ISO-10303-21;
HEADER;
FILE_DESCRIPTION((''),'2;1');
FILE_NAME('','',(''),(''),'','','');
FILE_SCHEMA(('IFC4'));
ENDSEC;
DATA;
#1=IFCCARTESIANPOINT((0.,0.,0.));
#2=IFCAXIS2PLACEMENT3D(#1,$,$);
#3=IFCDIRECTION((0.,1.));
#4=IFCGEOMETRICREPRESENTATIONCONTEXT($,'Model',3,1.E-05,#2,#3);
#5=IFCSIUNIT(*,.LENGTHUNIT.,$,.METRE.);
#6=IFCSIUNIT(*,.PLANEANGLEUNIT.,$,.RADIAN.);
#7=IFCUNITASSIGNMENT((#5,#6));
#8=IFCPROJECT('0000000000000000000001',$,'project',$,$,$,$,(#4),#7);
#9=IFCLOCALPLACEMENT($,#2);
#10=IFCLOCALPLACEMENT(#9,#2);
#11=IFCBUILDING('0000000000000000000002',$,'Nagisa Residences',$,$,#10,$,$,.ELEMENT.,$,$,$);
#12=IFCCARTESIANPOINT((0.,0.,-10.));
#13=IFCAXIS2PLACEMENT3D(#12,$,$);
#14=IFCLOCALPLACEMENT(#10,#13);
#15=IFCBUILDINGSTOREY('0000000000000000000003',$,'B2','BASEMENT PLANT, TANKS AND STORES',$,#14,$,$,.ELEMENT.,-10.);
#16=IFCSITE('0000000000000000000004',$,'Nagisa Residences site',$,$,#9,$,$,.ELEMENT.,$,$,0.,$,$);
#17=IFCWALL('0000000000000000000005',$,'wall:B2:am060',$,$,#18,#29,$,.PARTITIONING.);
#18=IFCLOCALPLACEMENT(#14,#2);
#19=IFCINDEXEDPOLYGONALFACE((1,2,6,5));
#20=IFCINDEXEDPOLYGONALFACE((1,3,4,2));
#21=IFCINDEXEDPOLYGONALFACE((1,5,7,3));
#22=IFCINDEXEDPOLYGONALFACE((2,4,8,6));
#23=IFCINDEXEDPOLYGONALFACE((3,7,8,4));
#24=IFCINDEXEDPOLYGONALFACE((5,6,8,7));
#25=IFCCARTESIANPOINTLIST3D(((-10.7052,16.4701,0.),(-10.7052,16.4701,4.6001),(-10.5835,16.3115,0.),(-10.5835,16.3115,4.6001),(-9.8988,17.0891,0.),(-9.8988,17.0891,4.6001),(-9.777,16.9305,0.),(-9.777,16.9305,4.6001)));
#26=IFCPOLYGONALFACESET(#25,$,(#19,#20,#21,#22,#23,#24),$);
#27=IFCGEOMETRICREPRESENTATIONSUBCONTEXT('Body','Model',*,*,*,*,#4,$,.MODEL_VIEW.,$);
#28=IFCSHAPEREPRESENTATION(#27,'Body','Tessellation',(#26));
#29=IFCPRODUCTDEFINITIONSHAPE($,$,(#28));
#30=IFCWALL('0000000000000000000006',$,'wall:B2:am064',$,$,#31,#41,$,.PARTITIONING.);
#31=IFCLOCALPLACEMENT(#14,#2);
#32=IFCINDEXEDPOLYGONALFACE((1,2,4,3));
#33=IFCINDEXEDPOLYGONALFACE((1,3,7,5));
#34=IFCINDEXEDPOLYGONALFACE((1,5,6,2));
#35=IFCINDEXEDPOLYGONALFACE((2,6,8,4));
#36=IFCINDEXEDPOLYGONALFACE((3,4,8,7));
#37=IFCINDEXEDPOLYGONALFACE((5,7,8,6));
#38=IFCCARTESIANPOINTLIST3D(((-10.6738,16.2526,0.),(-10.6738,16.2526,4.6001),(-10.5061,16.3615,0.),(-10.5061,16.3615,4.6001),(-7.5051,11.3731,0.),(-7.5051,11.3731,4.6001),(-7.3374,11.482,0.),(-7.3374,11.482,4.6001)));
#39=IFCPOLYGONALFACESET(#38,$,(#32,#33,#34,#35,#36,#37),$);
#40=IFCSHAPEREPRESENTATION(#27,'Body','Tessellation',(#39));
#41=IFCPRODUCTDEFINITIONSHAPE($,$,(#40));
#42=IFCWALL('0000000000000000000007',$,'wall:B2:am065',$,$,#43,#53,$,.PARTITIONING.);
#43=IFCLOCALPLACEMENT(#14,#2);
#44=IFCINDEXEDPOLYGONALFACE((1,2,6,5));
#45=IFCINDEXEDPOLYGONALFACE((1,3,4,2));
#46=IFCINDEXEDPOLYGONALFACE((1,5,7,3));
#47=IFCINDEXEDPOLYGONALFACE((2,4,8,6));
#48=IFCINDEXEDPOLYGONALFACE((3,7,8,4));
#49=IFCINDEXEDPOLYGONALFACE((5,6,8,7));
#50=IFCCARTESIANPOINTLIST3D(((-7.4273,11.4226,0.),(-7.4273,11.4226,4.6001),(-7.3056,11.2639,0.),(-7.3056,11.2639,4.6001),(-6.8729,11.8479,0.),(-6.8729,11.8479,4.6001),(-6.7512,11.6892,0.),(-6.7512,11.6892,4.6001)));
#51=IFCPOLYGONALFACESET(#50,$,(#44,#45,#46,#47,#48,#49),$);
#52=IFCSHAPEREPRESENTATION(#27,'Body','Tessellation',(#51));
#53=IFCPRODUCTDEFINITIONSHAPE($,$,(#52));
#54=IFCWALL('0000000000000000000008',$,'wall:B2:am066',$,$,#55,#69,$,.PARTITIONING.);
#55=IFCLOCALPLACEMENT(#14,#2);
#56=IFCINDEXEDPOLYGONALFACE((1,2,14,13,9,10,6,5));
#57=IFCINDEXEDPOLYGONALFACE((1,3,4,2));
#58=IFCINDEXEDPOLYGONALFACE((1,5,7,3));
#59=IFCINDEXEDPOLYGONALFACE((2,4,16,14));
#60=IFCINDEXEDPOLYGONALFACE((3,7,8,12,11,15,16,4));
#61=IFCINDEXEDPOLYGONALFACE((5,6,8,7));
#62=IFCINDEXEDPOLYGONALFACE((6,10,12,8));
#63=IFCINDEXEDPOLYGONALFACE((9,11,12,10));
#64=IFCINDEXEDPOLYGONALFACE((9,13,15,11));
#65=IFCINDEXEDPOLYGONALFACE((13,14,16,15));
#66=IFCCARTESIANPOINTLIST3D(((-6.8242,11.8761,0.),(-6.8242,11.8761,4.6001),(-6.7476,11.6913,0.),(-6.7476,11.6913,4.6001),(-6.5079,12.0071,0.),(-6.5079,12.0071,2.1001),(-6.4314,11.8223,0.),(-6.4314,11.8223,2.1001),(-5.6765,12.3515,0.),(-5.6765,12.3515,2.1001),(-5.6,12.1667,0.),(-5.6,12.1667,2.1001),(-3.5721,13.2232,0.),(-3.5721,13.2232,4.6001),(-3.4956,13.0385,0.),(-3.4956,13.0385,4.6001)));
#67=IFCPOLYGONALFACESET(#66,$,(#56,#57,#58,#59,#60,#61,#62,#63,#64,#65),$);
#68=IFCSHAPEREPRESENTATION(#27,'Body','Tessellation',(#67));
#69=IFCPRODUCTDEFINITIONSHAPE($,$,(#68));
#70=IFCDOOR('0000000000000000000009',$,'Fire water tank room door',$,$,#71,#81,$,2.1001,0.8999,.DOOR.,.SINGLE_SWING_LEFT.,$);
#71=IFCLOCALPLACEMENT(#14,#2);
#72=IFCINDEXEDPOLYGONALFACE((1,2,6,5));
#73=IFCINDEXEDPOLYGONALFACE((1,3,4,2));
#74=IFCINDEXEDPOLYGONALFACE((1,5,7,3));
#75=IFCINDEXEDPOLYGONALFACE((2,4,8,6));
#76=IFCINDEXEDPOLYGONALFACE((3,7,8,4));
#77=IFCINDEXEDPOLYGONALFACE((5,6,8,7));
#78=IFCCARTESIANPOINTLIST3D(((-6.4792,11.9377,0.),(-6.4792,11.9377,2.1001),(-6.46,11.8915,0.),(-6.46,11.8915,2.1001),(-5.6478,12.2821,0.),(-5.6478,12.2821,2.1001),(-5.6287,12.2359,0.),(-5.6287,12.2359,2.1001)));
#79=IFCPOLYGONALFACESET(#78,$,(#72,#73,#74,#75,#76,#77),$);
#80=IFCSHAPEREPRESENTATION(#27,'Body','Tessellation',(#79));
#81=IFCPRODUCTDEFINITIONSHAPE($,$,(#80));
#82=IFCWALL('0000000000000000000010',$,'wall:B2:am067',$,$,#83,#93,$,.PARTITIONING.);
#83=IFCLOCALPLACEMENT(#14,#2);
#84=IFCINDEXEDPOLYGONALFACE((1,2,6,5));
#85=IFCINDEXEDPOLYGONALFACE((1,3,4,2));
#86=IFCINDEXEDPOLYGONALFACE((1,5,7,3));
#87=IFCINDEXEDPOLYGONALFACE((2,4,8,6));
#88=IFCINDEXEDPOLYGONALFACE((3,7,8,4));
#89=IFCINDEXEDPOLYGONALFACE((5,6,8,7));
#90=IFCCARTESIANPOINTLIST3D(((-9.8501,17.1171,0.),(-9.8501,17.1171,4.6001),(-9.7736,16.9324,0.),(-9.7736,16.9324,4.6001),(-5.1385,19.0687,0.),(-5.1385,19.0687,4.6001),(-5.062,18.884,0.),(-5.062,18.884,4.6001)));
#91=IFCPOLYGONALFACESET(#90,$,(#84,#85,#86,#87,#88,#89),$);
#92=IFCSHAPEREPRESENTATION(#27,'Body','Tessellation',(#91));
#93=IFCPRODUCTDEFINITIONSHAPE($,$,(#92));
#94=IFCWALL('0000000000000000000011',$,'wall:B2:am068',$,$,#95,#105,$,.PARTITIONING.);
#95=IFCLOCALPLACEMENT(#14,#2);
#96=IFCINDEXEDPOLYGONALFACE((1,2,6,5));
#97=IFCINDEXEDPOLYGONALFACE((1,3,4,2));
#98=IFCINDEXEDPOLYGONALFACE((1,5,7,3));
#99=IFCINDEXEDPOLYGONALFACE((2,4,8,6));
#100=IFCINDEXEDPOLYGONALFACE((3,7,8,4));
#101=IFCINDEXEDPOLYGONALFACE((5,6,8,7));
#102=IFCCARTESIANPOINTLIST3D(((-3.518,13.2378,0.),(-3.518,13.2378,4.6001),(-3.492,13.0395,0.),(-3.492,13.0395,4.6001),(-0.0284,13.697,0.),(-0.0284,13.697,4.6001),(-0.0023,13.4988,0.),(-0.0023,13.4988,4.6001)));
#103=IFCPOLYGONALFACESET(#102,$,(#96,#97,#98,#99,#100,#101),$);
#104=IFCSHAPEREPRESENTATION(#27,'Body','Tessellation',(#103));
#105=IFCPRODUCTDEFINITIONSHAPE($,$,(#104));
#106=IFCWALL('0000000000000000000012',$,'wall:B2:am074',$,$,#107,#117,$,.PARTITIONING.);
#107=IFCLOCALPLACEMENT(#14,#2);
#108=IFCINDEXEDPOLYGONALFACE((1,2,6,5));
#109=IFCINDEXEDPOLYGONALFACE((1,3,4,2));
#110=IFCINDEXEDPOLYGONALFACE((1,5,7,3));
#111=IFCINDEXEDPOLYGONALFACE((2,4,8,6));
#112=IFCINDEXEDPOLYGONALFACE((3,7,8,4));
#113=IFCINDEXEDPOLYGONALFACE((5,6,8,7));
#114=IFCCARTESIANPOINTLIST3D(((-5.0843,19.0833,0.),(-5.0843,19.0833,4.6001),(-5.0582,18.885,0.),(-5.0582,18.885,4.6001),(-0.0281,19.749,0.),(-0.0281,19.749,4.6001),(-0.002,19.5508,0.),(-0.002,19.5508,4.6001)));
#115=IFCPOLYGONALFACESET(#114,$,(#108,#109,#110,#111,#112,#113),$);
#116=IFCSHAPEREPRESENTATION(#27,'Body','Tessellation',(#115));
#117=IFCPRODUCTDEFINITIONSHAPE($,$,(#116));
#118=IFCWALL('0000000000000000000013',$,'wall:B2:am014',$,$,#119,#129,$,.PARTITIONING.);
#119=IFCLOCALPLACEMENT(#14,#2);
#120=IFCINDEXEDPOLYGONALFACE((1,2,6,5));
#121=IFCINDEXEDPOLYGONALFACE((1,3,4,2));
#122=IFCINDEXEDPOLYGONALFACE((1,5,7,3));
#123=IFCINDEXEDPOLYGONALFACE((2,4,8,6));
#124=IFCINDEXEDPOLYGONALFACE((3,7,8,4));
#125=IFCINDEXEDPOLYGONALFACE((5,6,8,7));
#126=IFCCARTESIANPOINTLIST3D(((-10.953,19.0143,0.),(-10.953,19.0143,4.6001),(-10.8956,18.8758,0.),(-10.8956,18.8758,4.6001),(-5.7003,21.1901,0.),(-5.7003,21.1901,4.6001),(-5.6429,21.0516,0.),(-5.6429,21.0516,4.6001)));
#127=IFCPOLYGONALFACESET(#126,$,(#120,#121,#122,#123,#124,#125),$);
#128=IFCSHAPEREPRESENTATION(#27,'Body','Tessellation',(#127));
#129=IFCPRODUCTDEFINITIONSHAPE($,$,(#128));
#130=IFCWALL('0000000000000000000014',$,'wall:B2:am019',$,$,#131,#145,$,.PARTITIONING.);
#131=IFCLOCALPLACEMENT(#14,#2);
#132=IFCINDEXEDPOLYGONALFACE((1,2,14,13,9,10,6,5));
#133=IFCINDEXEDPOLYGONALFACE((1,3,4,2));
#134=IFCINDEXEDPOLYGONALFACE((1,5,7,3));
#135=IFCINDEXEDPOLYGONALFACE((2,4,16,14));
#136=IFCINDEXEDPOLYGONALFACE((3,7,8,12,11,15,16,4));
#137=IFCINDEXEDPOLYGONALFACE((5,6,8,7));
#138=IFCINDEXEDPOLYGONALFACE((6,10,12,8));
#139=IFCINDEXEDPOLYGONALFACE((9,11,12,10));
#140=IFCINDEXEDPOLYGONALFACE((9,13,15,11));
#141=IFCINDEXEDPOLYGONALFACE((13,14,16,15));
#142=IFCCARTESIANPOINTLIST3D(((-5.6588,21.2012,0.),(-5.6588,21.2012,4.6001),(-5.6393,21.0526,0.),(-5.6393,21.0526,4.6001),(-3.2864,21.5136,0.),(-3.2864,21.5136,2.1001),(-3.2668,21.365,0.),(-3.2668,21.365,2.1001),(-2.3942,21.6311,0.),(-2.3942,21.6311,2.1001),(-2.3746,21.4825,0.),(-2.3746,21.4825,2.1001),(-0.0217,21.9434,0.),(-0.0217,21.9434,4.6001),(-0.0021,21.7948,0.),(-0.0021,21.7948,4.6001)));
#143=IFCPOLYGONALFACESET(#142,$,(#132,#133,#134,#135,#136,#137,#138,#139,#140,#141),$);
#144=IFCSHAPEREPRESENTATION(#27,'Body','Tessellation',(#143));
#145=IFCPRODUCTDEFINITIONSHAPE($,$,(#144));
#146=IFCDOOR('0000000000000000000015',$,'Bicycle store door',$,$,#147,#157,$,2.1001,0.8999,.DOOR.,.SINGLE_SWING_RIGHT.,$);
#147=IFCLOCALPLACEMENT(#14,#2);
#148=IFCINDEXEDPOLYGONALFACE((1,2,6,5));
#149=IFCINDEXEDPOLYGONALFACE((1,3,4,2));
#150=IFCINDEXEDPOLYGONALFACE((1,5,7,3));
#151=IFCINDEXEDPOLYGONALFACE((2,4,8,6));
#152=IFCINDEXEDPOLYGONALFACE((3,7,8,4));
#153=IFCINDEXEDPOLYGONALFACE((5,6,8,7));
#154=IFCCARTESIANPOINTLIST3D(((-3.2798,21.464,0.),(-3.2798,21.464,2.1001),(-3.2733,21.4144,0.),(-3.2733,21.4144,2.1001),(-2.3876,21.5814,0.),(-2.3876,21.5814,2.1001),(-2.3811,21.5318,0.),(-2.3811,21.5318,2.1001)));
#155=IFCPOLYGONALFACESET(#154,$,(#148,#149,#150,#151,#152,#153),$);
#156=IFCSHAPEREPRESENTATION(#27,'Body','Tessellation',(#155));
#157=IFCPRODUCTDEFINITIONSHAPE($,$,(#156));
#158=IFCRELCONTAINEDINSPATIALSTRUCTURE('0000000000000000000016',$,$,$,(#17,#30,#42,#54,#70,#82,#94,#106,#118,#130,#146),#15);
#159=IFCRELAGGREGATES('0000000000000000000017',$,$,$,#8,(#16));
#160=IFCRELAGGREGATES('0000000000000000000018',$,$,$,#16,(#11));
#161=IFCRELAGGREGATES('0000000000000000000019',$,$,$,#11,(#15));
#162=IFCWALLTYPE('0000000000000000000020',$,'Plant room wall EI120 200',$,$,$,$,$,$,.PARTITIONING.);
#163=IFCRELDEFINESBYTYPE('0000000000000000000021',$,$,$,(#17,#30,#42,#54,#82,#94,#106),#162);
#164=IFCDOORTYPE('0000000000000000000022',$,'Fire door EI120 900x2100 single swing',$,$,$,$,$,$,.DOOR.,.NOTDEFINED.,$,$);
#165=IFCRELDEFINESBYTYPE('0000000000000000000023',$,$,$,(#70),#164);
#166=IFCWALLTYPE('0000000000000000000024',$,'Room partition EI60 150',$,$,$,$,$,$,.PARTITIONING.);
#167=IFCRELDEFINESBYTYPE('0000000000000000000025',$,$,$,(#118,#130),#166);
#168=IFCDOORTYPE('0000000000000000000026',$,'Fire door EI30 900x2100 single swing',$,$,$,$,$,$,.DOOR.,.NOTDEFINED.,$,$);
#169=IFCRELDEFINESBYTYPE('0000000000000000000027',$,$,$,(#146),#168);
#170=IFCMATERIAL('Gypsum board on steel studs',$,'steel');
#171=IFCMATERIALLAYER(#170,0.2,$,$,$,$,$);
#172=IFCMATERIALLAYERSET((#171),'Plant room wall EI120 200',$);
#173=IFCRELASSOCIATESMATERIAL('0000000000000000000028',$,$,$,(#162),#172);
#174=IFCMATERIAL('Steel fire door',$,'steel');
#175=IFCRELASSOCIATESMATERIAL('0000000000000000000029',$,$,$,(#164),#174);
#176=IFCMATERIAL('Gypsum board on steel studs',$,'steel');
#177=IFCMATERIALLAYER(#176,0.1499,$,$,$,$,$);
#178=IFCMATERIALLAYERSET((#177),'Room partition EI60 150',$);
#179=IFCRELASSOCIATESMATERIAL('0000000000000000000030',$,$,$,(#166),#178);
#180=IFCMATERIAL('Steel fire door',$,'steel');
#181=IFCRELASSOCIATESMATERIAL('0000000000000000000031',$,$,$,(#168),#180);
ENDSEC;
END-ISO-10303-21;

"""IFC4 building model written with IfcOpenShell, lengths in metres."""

from ifc_helpers import new_model, si_unit, direction, frame, frame_2d, origin, place, context, subcontext, project, spatial, rectangle, extrude, material, layer, layer_set, type_object, element, fill, save


model = new_model("IFC4")

# Units and contexts
model_context = context("Model", 3, precision=1e-05, world=origin(), true_north=direction((0.0, 1.0)))
body_context = subcontext(model_context, "Body", "Model", "MODEL_VIEW")
ifc_project = project(units=[si_unit("LENGTHUNIT", "METRE"), si_unit("PLANEANGLEUNIT", "RADIAN")], contexts=[model_context])

# Site, building, storey
site_placement = place(None, origin())
site = spatial("IfcSite", under=ifc_project, at=site_placement, Name="Nagisa Residences site", CompositionType="ELEMENT", RefElevation=0.0)
building_placement = place(site_placement, origin())
building = spatial("IfcBuilding", under=site, at=building_placement, Name="Nagisa Residences", CompositionType="ELEMENT")
storey_placement = place(building_placement, frame((0.0, 0.0, -10.0)))
storey = spatial("IfcBuildingStorey", under=building, at=storey_placement, Name="B2", Description="BASEMENT PLANT, TANKS AND STORES", CompositionType="ELEMENT", Elevation=-10.0)

# Walls
ifc_material_1 = material(Name="Gypsum board on steel studs", Category="steel")
ifc_layer_1 = layer(ifc_material_1, 0.2)
ifc_layer_set_1 = layer_set([ifc_layer_1], Name="Plant room wall EI120 200")
wall_type_1 = type_object("IfcWallType", Name="Plant room wall EI120 200", PredefinedType="PARTITIONING", material=ifc_layer_set_1)
wall_1_placement = place(storey_placement, frame((-9.8379, 17.0098, 0.0), z_axis=(0.0, 0.0, 1.0), x_axis=(-0.793293, -0.60884, 0.0)))
element("IfcWall", 1, at=wall_1_placement, inside=storey, type_object=wall_type_1, Name="wall:B2:am060", PredefinedType="PARTITIONING", context=body_context, shape_type="SweptSolid", body=[
    extrude(rectangle(XDim=1.0166, YDim=0.2, at=frame_2d((0.5083, 0.0))), origin(), (0.0, 0.0, 1.0), 4.6001),
])
wall_2_placement = place(storey_placement, frame((-7.4211, 11.4275, 0.0), z_axis=(0.0, 0.0, 1.0), x_axis=(-0.544637, 0.838672, 0.0)))
element("IfcWall", 2, at=wall_2_placement, inside=storey, type_object=wall_type_1, Name="wall:B2:am064", PredefinedType="PARTITIONING", context=body_context, shape_type="SweptSolid", body=[
    extrude(rectangle(XDim=5.8181, YDim=0.2, at=frame_2d((2.9092, 0.0))), origin(), (0.0, 0.0, 1.0), 4.6001),
])
wall_3_placement = place(storey_placement, frame((-7.3665, 11.3433, 0.0), z_axis=(0.0, 0.0, 1.0), x_axis=(0.793455, 0.60863, 0.0)))
element("IfcWall", 3, at=wall_3_placement, inside=storey, type_object=wall_type_1, Name="wall:B2:am065", PredefinedType="PARTITIONING", context=body_context, shape_type="SweptSolid", body=[
    extrude(rectangle(XDim=0.6987, YDim=0.2, at=frame_2d((0.3494, 0.0))), origin(), (0.0, 0.0, 1.0), 4.6001),
])

# Wall, opening, door
wall_4_placement = place(storey_placement, frame((-6.7859, 11.7837, 0.0), z_axis=(0.0, 0.0, 1.0), x_axis=(0.923863, 0.382723, 0.0)))
wall_4 = element("IfcWall", 4, at=wall_4_placement, inside=storey, type_object=wall_type_1, Name="wall:B2:am066", PredefinedType="PARTITIONING", context=body_context, shape_type="SweptSolid", body=[
    extrude(rectangle(XDim=3.52, YDim=0.2, at=frame_2d((1.76, 0.0))), origin(), (0.0, 0.0, 1.0), 4.6001),
])
opening_1_placement = place(wall_4_placement, frame((0.3423, 0.0, 0.0)))
opening_1 = element("IfcOpeningElement", 5, at=opening_1_placement, cuts=wall_4, PredefinedType="OPENING", context=body_context, shape_type="SweptSolid", body=[
    extrude(rectangle(XDim=0.8999, YDim=2.1001, at=frame_2d((0.45, 1.05))), frame((0.0, 0.1099, 0.0), z_axis=(0.0, -1.0, 0.0), x_axis=(1.0, 0.0, 0.0)), (0.0, 0.0, 1.0), 0.22),
])
ifc_material_2 = material(Name="Steel fire door", Category="steel")
door_type_1 = type_object("IfcDoorType", Name="Fire door EI120 900x2100 single swing", OperationType="NOTDEFINED", PredefinedType="DOOR", material=ifc_material_2)
door_1_placement = place(opening_1_placement, origin())
door_1 = element("IfcDoor", 6, at=door_1_placement, inside=storey, type_object=door_type_1, Name="Fire water tank room door", OperationType="SINGLE_SWING_LEFT", OverallHeight=2.1001, OverallWidth=0.8999, PredefinedType="DOOR", context=body_context, shape_type="SweptSolid", body=[
    extrude(rectangle(XDim=0.8999, YDim=2.1001, at=frame_2d((0.45, 1.05))), frame((0.0, 0.0249, 0.0), z_axis=(0.0, -1.0, 0.0), x_axis=(1.0, 0.0, 0.0)), (0.0, 0.0, 1.0), 0.05),
])
fill(opening_1, door_1)

# Walls
wall_5_placement = place(storey_placement, frame((-5.1003, 18.9763, 0.0), z_axis=(0.0, 0.0, 1.0), x_axis=(-0.923878, -0.382687, 0.0)))
element("IfcWall", 7, at=wall_5_placement, inside=storey, type_object=wall_type_1, Name="wall:B2:am067", PredefinedType="PARTITIONING", context=body_context, shape_type="SweptSolid", body=[
    extrude(rectangle(XDim=5.0999, YDim=0.2, at=frame_2d((2.5498, 0.0))), origin(), (0.0, 0.0, 1.0), 4.6001),
])
wall_6_placement = place(storey_placement, frame((-3.5049, 13.1387, 0.0), z_axis=(0.0, 0.0, 1.0), x_axis=(0.991452, 0.130469, 0.0)))
element("IfcWall", 8, at=wall_6_placement, inside=storey, type_object=wall_type_1, Name="wall:B2:am068", PredefinedType="PARTITIONING", context=body_context, shape_type="SweptSolid", body=[
    extrude(rectangle(XDim=3.5198, YDim=0.2, at=frame_2d((1.7598, 0.0))), origin(), (0.0, 0.0, 1.0), 4.6001),
])
wall_7_placement = place(storey_placement, frame((-0.0151, 19.6499, 0.0), z_axis=(0.0, 0.0, 1.0), x_axis=(-0.991442, -0.130549, 0.0)))
element("IfcWall", 9, at=wall_7_placement, inside=storey, type_object=wall_type_1, Name="wall:B2:am074", PredefinedType="PARTITIONING", context=body_context, shape_type="SweptSolid", body=[
    extrude(rectangle(XDim=5.0999, YDim=0.2, at=frame_2d((2.5498, 0.0))), origin(), (0.0, 0.0, 1.0), 4.6001),
])
ifc_material_3 = material(Name="Gypsum board on steel studs", Category="steel")
ifc_layer_2 = layer(ifc_material_3, 0.1499)
ifc_layer_set_2 = layer_set([ifc_layer_2], Name="Room partition EI60 150")
wall_type_2 = type_object("IfcWallType", Name="Room partition EI60 150", PredefinedType="PARTITIONING", material=ifc_layer_set_2)
wall_8_placement = place(storey_placement, frame((-10.9243, 18.9451, 0.0), z_axis=(0.0, 0.0, 1.0), x_axis=(0.923877, 0.382691, 0.0)))
element("IfcWall", 10, at=wall_8_placement, inside=storey, type_object=wall_type_2, Name="wall:B2:am014", PredefinedType="PARTITIONING", context=body_context, shape_type="SweptSolid", body=[
    extrude(rectangle(XDim=5.6855, YDim=0.1499, at=frame_2d((2.8428, 0.0))), origin(), (0.0, 0.0, 1.0), 4.6001),
])

# Wall, opening, door
wall_9_placement = place(storey_placement, frame((-5.6489, 21.127, 0.0), z_axis=(0.0, 0.0, 1.0), x_axis=(0.991444, 0.130532, 0.0)))
wall_9 = element("IfcWall", 11, at=wall_9_placement, inside=storey, type_object=wall_type_2, Name="wall:B2:am019", PredefinedType="PARTITIONING", context=body_context, shape_type="SweptSolid", body=[
    extrude(rectangle(XDim=5.6858, YDim=0.1499, at=frame_2d((2.8428, 0.0))), origin(), (0.0, 0.0, 1.0), 4.6001),
])
opening_2_placement = place(wall_9_placement, frame((2.3928, 0.0, 0.0)))
opening_2 = element("IfcOpeningElement", 12, at=opening_2_placement, cuts=wall_9, PredefinedType="OPENING", context=body_context, shape_type="SweptSolid", body=[
    extrude(rectangle(XDim=0.8999, YDim=2.1001, at=frame_2d((0.45, 1.05))), frame((0.0, 0.085, 0.0), z_axis=(0.0, -1.0, 0.0), x_axis=(1.0, 0.0, 0.0)), (0.0, 0.0, 1.0), 0.1699),
])
ifc_material_4 = material(Name="Steel fire door", Category="steel")
door_type_2 = type_object("IfcDoorType", Name="Fire door EI30 900x2100 single swing", OperationType="NOTDEFINED", PredefinedType="DOOR", material=ifc_material_4)
door_2_placement = place(opening_2_placement, origin())
door_2 = element("IfcDoor", 13, at=door_2_placement, inside=storey, type_object=door_type_2, Name="Bicycle store door", OperationType="SINGLE_SWING_RIGHT", OverallHeight=2.1001, OverallWidth=0.8999, PredefinedType="DOOR", context=body_context, shape_type="SweptSolid", body=[
    extrude(rectangle(XDim=0.8999, YDim=2.1001, at=frame_2d((0.45, 1.05))), frame((0.0, 0.0249, 0.0), z_axis=(0.0, -1.0, 0.0), x_axis=(1.0, 0.0, 0.0)), (0.0, 0.0, 1.0), 0.05),
])
fill(opening_2, door_2)

save(model, "model.ifc")
